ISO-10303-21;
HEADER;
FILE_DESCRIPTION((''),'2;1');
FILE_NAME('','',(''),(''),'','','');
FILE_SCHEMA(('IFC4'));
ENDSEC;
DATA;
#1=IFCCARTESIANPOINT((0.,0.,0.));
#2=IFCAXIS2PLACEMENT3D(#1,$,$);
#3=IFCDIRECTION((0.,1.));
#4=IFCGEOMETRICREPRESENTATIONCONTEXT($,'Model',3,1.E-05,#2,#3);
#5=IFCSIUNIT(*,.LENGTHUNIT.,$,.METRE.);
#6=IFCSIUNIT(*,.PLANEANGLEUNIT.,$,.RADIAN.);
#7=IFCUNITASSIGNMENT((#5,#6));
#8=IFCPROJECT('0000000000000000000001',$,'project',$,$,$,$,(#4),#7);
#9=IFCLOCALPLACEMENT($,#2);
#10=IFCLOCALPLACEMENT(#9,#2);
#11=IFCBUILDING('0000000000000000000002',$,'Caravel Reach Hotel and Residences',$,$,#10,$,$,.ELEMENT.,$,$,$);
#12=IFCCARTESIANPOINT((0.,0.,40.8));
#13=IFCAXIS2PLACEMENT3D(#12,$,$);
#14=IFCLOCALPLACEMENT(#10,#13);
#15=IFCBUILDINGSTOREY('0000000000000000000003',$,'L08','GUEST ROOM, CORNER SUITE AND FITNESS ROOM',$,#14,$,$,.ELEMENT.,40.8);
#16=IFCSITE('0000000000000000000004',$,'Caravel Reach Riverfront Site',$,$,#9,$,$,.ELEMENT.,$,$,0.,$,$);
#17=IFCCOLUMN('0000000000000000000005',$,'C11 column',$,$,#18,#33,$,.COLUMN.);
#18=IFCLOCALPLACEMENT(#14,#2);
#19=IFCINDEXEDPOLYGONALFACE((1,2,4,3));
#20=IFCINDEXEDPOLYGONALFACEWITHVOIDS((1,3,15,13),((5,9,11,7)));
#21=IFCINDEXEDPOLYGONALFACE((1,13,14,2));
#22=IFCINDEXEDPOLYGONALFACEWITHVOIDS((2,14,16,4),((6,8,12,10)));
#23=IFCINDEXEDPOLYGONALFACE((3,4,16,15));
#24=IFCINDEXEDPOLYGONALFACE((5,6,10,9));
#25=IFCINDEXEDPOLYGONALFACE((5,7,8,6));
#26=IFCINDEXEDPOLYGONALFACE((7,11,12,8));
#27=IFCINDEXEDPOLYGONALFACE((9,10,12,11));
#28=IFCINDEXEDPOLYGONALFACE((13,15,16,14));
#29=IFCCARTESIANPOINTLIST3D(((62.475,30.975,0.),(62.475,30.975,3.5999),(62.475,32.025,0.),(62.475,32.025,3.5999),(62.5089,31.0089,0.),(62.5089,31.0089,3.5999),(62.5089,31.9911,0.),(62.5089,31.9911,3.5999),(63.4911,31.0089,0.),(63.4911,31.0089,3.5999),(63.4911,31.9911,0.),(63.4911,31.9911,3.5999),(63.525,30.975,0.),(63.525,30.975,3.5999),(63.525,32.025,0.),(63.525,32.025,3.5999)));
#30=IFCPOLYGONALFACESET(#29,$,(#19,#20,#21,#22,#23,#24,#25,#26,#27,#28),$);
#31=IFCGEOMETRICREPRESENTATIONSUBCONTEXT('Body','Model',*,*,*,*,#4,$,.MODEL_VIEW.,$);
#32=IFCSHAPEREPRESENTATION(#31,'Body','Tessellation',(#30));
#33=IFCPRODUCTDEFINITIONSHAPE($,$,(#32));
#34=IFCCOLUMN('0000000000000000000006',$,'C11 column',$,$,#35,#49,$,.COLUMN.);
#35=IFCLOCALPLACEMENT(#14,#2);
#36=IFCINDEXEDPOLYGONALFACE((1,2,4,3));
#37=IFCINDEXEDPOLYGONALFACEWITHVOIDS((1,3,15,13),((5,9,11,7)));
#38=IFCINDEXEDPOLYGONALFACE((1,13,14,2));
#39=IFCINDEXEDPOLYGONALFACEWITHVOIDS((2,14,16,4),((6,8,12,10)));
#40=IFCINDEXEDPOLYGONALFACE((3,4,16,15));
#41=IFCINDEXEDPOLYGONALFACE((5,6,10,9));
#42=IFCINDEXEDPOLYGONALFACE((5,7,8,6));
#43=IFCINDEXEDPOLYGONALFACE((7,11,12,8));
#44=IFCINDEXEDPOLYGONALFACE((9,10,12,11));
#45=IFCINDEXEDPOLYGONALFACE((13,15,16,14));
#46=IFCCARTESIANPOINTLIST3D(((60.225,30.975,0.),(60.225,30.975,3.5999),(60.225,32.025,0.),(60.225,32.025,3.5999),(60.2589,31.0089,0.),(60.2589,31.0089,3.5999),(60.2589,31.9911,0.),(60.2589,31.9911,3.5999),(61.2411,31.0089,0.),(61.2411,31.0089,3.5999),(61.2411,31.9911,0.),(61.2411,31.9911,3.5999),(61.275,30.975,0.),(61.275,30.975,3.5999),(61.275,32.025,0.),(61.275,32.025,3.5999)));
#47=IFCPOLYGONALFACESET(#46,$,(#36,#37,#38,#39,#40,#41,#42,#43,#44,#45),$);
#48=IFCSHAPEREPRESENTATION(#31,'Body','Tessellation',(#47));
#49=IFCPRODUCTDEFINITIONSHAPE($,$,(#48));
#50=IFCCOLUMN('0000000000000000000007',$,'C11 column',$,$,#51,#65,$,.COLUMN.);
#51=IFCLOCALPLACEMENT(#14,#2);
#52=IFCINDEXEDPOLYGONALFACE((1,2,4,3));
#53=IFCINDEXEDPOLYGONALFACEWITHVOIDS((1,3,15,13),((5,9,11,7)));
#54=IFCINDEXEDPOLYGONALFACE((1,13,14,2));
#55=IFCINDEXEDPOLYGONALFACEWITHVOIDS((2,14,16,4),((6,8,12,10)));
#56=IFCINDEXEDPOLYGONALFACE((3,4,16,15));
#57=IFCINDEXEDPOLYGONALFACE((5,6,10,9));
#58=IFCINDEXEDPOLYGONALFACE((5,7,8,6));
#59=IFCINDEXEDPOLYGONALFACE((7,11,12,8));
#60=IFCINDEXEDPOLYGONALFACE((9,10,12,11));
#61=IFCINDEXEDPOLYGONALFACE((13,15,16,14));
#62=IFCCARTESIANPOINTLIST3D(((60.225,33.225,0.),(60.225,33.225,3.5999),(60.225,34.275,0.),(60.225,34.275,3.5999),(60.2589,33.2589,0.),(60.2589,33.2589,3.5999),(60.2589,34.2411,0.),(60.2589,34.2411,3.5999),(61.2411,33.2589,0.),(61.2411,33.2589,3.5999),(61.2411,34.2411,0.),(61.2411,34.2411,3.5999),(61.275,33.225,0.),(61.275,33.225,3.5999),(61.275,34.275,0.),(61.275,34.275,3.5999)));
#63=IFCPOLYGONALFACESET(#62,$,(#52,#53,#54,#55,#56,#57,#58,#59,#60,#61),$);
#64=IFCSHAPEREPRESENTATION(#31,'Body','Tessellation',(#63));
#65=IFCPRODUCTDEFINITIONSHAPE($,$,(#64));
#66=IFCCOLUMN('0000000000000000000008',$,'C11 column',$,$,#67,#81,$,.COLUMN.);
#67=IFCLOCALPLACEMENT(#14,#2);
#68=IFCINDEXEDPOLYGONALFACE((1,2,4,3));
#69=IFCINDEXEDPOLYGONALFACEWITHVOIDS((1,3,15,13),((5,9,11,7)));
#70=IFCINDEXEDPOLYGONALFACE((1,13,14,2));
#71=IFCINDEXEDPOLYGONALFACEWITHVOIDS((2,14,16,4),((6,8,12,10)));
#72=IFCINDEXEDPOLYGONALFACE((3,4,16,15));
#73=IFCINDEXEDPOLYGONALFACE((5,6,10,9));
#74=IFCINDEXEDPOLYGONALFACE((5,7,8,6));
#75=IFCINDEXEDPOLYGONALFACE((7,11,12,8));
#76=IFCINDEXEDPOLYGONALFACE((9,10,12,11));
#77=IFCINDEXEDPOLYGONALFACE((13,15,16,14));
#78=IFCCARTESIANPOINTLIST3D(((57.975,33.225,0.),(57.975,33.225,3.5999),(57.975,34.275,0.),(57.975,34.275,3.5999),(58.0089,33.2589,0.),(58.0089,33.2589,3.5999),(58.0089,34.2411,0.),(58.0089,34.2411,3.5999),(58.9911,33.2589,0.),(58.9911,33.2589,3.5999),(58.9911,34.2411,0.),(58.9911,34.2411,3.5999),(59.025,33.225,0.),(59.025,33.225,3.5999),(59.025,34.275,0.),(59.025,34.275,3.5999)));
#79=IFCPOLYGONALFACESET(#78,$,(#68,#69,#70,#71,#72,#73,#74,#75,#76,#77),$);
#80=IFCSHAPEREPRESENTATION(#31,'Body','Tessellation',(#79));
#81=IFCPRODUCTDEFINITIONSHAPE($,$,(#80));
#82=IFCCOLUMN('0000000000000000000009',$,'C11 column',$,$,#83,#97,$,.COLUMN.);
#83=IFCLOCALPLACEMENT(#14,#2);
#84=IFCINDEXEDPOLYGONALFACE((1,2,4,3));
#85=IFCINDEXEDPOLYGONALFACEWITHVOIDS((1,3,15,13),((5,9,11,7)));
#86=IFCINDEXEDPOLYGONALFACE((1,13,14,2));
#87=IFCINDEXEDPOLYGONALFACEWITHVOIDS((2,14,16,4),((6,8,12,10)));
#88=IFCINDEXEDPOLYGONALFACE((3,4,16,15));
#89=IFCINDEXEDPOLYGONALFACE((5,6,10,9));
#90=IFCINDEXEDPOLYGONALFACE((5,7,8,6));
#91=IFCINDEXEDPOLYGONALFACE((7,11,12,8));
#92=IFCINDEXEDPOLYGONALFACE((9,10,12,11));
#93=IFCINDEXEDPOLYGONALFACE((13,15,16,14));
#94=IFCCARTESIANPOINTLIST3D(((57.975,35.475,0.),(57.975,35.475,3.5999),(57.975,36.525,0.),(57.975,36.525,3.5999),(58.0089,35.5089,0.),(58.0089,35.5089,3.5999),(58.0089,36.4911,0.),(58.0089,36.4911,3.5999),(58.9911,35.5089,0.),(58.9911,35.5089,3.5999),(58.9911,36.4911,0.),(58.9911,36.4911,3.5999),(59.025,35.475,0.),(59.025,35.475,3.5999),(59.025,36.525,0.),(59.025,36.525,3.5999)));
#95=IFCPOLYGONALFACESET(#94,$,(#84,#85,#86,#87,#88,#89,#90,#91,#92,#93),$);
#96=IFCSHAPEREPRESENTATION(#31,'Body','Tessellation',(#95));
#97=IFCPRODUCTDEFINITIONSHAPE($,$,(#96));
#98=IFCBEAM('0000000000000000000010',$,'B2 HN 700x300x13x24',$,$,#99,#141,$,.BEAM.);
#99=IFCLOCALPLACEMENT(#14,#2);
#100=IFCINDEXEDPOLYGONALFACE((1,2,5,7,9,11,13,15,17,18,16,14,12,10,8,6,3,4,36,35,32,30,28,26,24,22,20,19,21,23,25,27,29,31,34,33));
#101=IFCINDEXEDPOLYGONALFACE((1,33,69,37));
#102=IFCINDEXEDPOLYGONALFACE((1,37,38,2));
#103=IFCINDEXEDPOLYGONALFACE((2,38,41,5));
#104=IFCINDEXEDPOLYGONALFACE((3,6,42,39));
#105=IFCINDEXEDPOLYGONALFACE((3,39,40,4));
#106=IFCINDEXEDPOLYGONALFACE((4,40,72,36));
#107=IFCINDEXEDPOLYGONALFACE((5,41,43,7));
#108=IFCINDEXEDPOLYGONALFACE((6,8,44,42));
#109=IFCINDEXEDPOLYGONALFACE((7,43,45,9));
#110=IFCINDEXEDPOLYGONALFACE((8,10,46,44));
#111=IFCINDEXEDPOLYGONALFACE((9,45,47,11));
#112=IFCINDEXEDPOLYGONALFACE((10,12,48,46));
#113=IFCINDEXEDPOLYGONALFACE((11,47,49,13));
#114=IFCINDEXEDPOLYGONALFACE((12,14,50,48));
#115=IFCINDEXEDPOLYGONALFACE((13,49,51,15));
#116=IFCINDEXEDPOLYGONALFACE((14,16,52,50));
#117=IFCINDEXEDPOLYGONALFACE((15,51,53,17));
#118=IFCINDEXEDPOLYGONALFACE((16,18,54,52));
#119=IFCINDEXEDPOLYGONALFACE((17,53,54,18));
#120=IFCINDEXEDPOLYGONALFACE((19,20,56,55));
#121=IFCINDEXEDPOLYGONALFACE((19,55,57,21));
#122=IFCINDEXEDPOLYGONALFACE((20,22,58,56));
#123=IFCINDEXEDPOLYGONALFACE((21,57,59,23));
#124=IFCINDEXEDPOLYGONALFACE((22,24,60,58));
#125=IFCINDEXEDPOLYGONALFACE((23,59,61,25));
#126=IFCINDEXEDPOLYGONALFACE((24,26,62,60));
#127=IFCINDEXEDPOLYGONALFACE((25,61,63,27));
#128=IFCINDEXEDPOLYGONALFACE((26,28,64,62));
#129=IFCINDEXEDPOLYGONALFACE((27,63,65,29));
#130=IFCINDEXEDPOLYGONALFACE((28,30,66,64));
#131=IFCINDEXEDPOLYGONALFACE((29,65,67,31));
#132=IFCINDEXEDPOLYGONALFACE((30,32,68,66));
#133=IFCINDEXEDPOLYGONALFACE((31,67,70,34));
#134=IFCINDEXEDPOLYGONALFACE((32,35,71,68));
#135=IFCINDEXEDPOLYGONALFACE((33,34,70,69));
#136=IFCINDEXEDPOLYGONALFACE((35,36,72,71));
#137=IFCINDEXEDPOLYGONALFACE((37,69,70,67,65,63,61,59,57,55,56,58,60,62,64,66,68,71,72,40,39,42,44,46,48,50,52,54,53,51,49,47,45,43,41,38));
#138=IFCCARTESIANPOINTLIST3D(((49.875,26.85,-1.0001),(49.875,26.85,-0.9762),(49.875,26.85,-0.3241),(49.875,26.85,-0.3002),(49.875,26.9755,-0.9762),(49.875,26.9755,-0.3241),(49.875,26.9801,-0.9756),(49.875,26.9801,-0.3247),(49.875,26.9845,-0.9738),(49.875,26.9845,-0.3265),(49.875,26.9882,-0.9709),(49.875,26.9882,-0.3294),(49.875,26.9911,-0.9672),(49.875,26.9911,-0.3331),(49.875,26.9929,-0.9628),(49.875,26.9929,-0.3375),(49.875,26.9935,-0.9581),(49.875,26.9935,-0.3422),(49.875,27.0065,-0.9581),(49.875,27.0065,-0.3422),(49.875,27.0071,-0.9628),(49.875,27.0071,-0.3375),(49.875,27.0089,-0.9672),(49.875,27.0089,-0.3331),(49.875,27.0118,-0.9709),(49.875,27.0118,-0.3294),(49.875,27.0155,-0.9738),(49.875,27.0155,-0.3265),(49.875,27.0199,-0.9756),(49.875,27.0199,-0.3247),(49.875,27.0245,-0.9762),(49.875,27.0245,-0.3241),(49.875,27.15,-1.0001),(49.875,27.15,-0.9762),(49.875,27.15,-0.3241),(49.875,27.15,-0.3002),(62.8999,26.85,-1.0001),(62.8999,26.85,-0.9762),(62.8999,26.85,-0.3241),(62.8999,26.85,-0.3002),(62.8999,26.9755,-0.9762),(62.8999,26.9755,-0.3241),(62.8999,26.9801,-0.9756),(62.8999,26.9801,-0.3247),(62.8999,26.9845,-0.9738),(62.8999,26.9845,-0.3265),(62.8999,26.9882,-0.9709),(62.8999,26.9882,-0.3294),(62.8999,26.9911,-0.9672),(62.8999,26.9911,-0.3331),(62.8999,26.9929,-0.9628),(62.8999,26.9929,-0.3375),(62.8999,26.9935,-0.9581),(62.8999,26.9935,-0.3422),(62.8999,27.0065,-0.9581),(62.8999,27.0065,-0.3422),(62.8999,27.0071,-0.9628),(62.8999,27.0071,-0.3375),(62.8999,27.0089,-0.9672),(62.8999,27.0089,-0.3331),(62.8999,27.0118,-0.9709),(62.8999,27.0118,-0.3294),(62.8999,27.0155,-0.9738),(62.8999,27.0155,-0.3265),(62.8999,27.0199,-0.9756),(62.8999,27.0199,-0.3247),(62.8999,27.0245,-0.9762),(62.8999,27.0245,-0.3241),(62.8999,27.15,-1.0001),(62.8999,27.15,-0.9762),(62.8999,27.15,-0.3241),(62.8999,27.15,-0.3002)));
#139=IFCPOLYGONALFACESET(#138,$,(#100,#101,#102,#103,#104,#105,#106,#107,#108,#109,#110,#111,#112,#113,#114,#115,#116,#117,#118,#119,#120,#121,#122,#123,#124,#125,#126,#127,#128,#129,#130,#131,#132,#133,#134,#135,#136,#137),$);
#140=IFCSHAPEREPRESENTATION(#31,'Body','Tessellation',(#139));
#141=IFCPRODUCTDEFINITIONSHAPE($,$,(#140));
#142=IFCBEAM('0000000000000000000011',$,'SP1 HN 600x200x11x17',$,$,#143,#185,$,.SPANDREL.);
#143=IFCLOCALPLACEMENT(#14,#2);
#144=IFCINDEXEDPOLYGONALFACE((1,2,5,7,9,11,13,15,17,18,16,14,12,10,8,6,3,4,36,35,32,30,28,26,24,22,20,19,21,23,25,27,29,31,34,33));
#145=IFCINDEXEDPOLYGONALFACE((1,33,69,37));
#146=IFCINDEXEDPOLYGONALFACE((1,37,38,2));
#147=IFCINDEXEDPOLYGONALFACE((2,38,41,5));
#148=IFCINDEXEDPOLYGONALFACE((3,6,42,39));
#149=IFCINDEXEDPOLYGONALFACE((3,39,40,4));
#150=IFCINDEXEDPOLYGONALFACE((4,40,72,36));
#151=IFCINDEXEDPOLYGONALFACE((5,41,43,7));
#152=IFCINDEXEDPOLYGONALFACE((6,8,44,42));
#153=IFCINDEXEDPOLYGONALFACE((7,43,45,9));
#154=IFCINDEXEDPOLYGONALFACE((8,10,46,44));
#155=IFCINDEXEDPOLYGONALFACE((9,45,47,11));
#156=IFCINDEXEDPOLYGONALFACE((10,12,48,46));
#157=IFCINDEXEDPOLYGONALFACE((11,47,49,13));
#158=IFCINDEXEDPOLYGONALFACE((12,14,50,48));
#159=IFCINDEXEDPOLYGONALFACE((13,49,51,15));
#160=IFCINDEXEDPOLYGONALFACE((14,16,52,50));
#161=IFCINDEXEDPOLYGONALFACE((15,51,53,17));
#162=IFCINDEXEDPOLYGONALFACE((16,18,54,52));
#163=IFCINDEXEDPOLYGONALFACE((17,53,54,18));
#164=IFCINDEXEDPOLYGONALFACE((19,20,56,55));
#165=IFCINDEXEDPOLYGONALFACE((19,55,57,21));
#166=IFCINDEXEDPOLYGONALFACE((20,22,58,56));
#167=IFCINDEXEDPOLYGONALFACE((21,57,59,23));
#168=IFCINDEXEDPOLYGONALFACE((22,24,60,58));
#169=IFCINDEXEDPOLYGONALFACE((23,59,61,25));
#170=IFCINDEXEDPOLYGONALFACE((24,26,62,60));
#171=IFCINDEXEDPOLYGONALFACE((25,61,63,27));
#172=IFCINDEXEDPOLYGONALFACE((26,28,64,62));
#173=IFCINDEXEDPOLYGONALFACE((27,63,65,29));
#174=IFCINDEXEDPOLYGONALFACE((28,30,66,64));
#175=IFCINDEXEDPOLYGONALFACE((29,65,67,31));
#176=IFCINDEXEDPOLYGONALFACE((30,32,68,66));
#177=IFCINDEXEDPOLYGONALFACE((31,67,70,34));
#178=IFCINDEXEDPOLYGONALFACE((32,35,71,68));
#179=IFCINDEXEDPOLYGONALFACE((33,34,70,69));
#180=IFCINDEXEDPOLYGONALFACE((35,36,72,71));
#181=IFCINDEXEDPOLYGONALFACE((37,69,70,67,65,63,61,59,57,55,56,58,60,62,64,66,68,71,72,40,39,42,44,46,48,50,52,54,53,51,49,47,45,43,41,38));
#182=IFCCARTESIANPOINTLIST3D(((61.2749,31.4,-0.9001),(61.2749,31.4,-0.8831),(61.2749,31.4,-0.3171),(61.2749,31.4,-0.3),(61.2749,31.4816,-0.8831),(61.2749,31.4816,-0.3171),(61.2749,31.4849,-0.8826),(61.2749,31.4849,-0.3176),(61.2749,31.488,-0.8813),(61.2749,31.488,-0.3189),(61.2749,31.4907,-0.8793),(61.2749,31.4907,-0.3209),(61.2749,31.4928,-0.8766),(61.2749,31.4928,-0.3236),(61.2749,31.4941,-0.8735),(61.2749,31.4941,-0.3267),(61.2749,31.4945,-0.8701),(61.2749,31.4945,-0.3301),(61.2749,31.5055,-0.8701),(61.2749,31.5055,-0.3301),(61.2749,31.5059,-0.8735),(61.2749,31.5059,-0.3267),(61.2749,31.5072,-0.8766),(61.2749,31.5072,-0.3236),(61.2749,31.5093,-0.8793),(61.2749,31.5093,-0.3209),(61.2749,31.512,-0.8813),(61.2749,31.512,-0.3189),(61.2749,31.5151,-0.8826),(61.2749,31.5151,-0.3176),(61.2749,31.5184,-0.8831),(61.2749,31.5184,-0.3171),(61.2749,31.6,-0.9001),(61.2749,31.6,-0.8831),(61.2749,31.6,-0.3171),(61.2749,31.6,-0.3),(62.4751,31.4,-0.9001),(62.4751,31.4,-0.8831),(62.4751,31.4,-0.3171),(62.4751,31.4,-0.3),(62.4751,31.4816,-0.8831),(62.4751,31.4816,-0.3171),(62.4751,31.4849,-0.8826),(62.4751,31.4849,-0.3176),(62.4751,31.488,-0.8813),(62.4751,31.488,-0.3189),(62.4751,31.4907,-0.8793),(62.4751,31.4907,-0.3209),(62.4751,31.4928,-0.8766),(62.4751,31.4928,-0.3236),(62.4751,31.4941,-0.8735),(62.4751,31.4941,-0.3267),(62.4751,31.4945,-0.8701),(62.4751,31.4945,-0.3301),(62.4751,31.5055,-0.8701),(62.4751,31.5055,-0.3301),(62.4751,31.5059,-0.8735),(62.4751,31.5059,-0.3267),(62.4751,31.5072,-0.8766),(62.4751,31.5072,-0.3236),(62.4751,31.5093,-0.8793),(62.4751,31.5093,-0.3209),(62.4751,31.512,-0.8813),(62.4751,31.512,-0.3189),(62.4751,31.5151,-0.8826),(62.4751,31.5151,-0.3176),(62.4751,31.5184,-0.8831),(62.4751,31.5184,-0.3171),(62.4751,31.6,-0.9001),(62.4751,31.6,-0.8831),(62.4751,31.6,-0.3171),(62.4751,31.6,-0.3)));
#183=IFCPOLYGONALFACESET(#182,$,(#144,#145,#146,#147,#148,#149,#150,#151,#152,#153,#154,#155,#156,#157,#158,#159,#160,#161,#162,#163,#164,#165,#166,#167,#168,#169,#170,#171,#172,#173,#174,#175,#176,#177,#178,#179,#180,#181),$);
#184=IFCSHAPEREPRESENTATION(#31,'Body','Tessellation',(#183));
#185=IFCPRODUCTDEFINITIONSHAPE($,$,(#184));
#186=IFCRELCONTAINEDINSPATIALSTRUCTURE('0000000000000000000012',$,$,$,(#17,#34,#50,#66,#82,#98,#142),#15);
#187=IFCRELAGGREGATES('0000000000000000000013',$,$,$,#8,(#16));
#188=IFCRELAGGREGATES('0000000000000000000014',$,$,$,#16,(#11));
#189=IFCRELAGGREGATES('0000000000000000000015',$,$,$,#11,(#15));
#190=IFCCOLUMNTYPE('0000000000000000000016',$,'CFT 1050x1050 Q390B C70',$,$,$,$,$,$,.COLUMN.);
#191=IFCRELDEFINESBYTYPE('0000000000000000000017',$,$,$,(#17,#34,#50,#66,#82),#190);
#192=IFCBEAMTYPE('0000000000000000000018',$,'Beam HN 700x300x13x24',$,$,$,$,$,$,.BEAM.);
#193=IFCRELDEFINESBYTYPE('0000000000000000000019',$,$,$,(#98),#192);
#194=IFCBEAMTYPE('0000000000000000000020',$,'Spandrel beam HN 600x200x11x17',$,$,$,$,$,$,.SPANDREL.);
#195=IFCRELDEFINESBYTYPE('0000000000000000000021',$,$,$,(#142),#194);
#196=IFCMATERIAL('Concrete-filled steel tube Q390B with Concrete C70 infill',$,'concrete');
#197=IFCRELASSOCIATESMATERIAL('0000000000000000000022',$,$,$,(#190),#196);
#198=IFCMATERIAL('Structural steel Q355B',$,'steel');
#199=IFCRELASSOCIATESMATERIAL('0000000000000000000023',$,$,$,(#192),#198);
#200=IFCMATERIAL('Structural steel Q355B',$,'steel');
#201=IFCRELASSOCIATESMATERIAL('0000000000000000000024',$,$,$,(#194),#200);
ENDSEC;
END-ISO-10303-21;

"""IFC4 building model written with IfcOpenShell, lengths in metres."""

from ifc_helpers import new_model, si_unit, direction, frame, origin, origin_2d, place, context, subcontext, project, spatial, hollow_rectangle, i_section, extrude, material, material_profile, profile_set, type_object, element, save


model = new_model("IFC4")

# Units and contexts
model_context = context("Model", 3, precision=1e-05, world=origin(), true_north=direction((0.0, 1.0)))
body_context = subcontext(model_context, "Body", "Model", "MODEL_VIEW")
ifc_project = project(units=[si_unit("LENGTHUNIT", "METRE"), si_unit("PLANEANGLEUNIT", "RADIAN")], contexts=[model_context])

# Site, building, storey
site_placement = place(None, origin())
site = spatial("IfcSite", under=ifc_project, at=site_placement, Name="Caravel Reach Riverfront Site", CompositionType="ELEMENT", RefElevation=0.0)
building_placement = place(site_placement, origin())
building = spatial("IfcBuilding", under=site, at=building_placement, Name="Caravel Reach Hotel and Residences", CompositionType="ELEMENT")
storey_placement = place(building_placement, frame((0.0, 0.0, 40.8)))
storey = spatial("IfcBuildingStorey", under=building, at=storey_placement, Name="L08", Description="GUEST ROOM, CORNER SUITE AND FITNESS ROOM", CompositionType="ELEMENT", Elevation=40.8)

# Columns
ifc_material_1 = material(Name="Concrete-filled steel tube Q390B with Concrete C70 infill", Category="concrete")
ifc_material_profile_1 = material_profile(ifc_material_1, hollow_rectangle(XDim=1.05, YDim=1.05, WallThickness=0.0339, at=origin_2d()), Name="RHS 1050x1050x34")
ifc_profile_set_1 = profile_set([ifc_material_profile_1], Name="Concrete-filled steel tube Q390B with Concrete C70 infill")
column_type = type_object("IfcColumnType", Name="CFT 1050x1050 Q390B C70", PredefinedType="COLUMN", material=ifc_profile_set_1)
for number, where, z_axis, x_axis, name in (
    (1, (63.0, 31.5, 0.0), (0.0, 0.0, 1.0), (1.0, 0.0, 0.0), "C11 column"),
    (2, (60.75, 31.5, 0.0), (0.0, 0.0, 1.0), (1.0, 0.0, 0.0), "C11 column"),
    (3, (60.75, 33.75, 0.0), (0.0, 0.0, 1.0), (1.0, 0.0, 0.0), "C11 column"),
    (4, (58.5, 33.75, 0.0), (0.0, 0.0, 1.0), (1.0, 0.0, 0.0), "C11 column"),
    (5, (58.5, 36.0, 0.0), (0.0, 0.0, 1.0), (1.0, 0.0, 0.0), "C11 column"),
):
    element("IfcColumn", number, at=place(storey_placement, frame(where, z_axis=z_axis, x_axis=x_axis)), inside=storey, type_object=column_type, Name=name, PredefinedType="COLUMN", context=body_context, shape_type="SweptSolid", body=[
        extrude(hollow_rectangle(XDim=1.05, YDim=1.05, WallThickness=0.0339, at=origin_2d()), origin(), (0.0, 0.0, 1.0), 3.5999),
    ])

# Beams
ifc_material_2 = material(Name="Structural steel Q355B", Category="steel")
ifc_material_profile_2 = material_profile(ifc_material_2, i_section(OverallWidth=0.3, OverallDepth=0.7, WebThickness=0.0129, FlangeThickness=0.0239, FilletRadius=0.0181, at=origin_2d()), Name="HN 700x300x13x24")
ifc_profile_set_2 = profile_set([ifc_material_profile_2], Name="Structural steel Q355B")
beam_type_1 = type_object("IfcBeamType", Name="Beam HN 700x300x13x24", PredefinedType="BEAM", material=ifc_profile_set_2)
beam_1_placement = place(storey_placement, frame((49.875, 27.0, -0.6501), z_axis=(1.0, 0.0, 0.0), x_axis=(0.0, 1.0, 0.0)))
element("IfcBeam", 6, at=beam_1_placement, inside=storey, type_object=beam_type_1, Name="B2 HN 700x300x13x24", PredefinedType="BEAM", context=body_context, shape_type="SweptSolid", body=[
    extrude(i_section(OverallWidth=0.3, OverallDepth=0.7, WebThickness=0.0129, FlangeThickness=0.0239, FilletRadius=0.0181, at=origin_2d()), origin(), (0.0, 0.0, 1.0), 13.0249),
])
ifc_material_3 = material(Name="Structural steel Q355B", Category="steel")
ifc_material_profile_3 = material_profile(ifc_material_3, i_section(OverallWidth=0.2, OverallDepth=0.6001, WebThickness=0.011, FlangeThickness=0.0171, FilletRadius=0.0129, at=origin_2d()), Name="HN 600x200x11x17")
ifc_profile_set_3 = profile_set([ifc_material_profile_3], Name="Structural steel Q355B")
beam_type_2 = type_object("IfcBeamType", Name="Spandrel beam HN 600x200x11x17", PredefinedType="SPANDREL", material=ifc_profile_set_3)
for number, where, z_axis, x_axis, name in (
    (7, (62.4751, 31.5, -0.6001), (-1.0, 0.0, 0.0), (0.0, -1.0, 0.0), "SP1 HN 600x200x11x17"),
):
    element("IfcBeam", number, at=place(storey_placement, frame(where, z_axis=z_axis, x_axis=x_axis)), inside=storey, type_object=beam_type_2, Name=name, PredefinedType="SPANDREL", context=body_context, shape_type="SweptSolid", body=[
        extrude(i_section(OverallWidth=0.2, OverallDepth=0.6001, WebThickness=0.011, FlangeThickness=0.0171, FilletRadius=0.0129, at=origin_2d()), origin(), (0.0, 0.0, 1.0), 1.2002),
    ])

save(model, "model.ifc")
